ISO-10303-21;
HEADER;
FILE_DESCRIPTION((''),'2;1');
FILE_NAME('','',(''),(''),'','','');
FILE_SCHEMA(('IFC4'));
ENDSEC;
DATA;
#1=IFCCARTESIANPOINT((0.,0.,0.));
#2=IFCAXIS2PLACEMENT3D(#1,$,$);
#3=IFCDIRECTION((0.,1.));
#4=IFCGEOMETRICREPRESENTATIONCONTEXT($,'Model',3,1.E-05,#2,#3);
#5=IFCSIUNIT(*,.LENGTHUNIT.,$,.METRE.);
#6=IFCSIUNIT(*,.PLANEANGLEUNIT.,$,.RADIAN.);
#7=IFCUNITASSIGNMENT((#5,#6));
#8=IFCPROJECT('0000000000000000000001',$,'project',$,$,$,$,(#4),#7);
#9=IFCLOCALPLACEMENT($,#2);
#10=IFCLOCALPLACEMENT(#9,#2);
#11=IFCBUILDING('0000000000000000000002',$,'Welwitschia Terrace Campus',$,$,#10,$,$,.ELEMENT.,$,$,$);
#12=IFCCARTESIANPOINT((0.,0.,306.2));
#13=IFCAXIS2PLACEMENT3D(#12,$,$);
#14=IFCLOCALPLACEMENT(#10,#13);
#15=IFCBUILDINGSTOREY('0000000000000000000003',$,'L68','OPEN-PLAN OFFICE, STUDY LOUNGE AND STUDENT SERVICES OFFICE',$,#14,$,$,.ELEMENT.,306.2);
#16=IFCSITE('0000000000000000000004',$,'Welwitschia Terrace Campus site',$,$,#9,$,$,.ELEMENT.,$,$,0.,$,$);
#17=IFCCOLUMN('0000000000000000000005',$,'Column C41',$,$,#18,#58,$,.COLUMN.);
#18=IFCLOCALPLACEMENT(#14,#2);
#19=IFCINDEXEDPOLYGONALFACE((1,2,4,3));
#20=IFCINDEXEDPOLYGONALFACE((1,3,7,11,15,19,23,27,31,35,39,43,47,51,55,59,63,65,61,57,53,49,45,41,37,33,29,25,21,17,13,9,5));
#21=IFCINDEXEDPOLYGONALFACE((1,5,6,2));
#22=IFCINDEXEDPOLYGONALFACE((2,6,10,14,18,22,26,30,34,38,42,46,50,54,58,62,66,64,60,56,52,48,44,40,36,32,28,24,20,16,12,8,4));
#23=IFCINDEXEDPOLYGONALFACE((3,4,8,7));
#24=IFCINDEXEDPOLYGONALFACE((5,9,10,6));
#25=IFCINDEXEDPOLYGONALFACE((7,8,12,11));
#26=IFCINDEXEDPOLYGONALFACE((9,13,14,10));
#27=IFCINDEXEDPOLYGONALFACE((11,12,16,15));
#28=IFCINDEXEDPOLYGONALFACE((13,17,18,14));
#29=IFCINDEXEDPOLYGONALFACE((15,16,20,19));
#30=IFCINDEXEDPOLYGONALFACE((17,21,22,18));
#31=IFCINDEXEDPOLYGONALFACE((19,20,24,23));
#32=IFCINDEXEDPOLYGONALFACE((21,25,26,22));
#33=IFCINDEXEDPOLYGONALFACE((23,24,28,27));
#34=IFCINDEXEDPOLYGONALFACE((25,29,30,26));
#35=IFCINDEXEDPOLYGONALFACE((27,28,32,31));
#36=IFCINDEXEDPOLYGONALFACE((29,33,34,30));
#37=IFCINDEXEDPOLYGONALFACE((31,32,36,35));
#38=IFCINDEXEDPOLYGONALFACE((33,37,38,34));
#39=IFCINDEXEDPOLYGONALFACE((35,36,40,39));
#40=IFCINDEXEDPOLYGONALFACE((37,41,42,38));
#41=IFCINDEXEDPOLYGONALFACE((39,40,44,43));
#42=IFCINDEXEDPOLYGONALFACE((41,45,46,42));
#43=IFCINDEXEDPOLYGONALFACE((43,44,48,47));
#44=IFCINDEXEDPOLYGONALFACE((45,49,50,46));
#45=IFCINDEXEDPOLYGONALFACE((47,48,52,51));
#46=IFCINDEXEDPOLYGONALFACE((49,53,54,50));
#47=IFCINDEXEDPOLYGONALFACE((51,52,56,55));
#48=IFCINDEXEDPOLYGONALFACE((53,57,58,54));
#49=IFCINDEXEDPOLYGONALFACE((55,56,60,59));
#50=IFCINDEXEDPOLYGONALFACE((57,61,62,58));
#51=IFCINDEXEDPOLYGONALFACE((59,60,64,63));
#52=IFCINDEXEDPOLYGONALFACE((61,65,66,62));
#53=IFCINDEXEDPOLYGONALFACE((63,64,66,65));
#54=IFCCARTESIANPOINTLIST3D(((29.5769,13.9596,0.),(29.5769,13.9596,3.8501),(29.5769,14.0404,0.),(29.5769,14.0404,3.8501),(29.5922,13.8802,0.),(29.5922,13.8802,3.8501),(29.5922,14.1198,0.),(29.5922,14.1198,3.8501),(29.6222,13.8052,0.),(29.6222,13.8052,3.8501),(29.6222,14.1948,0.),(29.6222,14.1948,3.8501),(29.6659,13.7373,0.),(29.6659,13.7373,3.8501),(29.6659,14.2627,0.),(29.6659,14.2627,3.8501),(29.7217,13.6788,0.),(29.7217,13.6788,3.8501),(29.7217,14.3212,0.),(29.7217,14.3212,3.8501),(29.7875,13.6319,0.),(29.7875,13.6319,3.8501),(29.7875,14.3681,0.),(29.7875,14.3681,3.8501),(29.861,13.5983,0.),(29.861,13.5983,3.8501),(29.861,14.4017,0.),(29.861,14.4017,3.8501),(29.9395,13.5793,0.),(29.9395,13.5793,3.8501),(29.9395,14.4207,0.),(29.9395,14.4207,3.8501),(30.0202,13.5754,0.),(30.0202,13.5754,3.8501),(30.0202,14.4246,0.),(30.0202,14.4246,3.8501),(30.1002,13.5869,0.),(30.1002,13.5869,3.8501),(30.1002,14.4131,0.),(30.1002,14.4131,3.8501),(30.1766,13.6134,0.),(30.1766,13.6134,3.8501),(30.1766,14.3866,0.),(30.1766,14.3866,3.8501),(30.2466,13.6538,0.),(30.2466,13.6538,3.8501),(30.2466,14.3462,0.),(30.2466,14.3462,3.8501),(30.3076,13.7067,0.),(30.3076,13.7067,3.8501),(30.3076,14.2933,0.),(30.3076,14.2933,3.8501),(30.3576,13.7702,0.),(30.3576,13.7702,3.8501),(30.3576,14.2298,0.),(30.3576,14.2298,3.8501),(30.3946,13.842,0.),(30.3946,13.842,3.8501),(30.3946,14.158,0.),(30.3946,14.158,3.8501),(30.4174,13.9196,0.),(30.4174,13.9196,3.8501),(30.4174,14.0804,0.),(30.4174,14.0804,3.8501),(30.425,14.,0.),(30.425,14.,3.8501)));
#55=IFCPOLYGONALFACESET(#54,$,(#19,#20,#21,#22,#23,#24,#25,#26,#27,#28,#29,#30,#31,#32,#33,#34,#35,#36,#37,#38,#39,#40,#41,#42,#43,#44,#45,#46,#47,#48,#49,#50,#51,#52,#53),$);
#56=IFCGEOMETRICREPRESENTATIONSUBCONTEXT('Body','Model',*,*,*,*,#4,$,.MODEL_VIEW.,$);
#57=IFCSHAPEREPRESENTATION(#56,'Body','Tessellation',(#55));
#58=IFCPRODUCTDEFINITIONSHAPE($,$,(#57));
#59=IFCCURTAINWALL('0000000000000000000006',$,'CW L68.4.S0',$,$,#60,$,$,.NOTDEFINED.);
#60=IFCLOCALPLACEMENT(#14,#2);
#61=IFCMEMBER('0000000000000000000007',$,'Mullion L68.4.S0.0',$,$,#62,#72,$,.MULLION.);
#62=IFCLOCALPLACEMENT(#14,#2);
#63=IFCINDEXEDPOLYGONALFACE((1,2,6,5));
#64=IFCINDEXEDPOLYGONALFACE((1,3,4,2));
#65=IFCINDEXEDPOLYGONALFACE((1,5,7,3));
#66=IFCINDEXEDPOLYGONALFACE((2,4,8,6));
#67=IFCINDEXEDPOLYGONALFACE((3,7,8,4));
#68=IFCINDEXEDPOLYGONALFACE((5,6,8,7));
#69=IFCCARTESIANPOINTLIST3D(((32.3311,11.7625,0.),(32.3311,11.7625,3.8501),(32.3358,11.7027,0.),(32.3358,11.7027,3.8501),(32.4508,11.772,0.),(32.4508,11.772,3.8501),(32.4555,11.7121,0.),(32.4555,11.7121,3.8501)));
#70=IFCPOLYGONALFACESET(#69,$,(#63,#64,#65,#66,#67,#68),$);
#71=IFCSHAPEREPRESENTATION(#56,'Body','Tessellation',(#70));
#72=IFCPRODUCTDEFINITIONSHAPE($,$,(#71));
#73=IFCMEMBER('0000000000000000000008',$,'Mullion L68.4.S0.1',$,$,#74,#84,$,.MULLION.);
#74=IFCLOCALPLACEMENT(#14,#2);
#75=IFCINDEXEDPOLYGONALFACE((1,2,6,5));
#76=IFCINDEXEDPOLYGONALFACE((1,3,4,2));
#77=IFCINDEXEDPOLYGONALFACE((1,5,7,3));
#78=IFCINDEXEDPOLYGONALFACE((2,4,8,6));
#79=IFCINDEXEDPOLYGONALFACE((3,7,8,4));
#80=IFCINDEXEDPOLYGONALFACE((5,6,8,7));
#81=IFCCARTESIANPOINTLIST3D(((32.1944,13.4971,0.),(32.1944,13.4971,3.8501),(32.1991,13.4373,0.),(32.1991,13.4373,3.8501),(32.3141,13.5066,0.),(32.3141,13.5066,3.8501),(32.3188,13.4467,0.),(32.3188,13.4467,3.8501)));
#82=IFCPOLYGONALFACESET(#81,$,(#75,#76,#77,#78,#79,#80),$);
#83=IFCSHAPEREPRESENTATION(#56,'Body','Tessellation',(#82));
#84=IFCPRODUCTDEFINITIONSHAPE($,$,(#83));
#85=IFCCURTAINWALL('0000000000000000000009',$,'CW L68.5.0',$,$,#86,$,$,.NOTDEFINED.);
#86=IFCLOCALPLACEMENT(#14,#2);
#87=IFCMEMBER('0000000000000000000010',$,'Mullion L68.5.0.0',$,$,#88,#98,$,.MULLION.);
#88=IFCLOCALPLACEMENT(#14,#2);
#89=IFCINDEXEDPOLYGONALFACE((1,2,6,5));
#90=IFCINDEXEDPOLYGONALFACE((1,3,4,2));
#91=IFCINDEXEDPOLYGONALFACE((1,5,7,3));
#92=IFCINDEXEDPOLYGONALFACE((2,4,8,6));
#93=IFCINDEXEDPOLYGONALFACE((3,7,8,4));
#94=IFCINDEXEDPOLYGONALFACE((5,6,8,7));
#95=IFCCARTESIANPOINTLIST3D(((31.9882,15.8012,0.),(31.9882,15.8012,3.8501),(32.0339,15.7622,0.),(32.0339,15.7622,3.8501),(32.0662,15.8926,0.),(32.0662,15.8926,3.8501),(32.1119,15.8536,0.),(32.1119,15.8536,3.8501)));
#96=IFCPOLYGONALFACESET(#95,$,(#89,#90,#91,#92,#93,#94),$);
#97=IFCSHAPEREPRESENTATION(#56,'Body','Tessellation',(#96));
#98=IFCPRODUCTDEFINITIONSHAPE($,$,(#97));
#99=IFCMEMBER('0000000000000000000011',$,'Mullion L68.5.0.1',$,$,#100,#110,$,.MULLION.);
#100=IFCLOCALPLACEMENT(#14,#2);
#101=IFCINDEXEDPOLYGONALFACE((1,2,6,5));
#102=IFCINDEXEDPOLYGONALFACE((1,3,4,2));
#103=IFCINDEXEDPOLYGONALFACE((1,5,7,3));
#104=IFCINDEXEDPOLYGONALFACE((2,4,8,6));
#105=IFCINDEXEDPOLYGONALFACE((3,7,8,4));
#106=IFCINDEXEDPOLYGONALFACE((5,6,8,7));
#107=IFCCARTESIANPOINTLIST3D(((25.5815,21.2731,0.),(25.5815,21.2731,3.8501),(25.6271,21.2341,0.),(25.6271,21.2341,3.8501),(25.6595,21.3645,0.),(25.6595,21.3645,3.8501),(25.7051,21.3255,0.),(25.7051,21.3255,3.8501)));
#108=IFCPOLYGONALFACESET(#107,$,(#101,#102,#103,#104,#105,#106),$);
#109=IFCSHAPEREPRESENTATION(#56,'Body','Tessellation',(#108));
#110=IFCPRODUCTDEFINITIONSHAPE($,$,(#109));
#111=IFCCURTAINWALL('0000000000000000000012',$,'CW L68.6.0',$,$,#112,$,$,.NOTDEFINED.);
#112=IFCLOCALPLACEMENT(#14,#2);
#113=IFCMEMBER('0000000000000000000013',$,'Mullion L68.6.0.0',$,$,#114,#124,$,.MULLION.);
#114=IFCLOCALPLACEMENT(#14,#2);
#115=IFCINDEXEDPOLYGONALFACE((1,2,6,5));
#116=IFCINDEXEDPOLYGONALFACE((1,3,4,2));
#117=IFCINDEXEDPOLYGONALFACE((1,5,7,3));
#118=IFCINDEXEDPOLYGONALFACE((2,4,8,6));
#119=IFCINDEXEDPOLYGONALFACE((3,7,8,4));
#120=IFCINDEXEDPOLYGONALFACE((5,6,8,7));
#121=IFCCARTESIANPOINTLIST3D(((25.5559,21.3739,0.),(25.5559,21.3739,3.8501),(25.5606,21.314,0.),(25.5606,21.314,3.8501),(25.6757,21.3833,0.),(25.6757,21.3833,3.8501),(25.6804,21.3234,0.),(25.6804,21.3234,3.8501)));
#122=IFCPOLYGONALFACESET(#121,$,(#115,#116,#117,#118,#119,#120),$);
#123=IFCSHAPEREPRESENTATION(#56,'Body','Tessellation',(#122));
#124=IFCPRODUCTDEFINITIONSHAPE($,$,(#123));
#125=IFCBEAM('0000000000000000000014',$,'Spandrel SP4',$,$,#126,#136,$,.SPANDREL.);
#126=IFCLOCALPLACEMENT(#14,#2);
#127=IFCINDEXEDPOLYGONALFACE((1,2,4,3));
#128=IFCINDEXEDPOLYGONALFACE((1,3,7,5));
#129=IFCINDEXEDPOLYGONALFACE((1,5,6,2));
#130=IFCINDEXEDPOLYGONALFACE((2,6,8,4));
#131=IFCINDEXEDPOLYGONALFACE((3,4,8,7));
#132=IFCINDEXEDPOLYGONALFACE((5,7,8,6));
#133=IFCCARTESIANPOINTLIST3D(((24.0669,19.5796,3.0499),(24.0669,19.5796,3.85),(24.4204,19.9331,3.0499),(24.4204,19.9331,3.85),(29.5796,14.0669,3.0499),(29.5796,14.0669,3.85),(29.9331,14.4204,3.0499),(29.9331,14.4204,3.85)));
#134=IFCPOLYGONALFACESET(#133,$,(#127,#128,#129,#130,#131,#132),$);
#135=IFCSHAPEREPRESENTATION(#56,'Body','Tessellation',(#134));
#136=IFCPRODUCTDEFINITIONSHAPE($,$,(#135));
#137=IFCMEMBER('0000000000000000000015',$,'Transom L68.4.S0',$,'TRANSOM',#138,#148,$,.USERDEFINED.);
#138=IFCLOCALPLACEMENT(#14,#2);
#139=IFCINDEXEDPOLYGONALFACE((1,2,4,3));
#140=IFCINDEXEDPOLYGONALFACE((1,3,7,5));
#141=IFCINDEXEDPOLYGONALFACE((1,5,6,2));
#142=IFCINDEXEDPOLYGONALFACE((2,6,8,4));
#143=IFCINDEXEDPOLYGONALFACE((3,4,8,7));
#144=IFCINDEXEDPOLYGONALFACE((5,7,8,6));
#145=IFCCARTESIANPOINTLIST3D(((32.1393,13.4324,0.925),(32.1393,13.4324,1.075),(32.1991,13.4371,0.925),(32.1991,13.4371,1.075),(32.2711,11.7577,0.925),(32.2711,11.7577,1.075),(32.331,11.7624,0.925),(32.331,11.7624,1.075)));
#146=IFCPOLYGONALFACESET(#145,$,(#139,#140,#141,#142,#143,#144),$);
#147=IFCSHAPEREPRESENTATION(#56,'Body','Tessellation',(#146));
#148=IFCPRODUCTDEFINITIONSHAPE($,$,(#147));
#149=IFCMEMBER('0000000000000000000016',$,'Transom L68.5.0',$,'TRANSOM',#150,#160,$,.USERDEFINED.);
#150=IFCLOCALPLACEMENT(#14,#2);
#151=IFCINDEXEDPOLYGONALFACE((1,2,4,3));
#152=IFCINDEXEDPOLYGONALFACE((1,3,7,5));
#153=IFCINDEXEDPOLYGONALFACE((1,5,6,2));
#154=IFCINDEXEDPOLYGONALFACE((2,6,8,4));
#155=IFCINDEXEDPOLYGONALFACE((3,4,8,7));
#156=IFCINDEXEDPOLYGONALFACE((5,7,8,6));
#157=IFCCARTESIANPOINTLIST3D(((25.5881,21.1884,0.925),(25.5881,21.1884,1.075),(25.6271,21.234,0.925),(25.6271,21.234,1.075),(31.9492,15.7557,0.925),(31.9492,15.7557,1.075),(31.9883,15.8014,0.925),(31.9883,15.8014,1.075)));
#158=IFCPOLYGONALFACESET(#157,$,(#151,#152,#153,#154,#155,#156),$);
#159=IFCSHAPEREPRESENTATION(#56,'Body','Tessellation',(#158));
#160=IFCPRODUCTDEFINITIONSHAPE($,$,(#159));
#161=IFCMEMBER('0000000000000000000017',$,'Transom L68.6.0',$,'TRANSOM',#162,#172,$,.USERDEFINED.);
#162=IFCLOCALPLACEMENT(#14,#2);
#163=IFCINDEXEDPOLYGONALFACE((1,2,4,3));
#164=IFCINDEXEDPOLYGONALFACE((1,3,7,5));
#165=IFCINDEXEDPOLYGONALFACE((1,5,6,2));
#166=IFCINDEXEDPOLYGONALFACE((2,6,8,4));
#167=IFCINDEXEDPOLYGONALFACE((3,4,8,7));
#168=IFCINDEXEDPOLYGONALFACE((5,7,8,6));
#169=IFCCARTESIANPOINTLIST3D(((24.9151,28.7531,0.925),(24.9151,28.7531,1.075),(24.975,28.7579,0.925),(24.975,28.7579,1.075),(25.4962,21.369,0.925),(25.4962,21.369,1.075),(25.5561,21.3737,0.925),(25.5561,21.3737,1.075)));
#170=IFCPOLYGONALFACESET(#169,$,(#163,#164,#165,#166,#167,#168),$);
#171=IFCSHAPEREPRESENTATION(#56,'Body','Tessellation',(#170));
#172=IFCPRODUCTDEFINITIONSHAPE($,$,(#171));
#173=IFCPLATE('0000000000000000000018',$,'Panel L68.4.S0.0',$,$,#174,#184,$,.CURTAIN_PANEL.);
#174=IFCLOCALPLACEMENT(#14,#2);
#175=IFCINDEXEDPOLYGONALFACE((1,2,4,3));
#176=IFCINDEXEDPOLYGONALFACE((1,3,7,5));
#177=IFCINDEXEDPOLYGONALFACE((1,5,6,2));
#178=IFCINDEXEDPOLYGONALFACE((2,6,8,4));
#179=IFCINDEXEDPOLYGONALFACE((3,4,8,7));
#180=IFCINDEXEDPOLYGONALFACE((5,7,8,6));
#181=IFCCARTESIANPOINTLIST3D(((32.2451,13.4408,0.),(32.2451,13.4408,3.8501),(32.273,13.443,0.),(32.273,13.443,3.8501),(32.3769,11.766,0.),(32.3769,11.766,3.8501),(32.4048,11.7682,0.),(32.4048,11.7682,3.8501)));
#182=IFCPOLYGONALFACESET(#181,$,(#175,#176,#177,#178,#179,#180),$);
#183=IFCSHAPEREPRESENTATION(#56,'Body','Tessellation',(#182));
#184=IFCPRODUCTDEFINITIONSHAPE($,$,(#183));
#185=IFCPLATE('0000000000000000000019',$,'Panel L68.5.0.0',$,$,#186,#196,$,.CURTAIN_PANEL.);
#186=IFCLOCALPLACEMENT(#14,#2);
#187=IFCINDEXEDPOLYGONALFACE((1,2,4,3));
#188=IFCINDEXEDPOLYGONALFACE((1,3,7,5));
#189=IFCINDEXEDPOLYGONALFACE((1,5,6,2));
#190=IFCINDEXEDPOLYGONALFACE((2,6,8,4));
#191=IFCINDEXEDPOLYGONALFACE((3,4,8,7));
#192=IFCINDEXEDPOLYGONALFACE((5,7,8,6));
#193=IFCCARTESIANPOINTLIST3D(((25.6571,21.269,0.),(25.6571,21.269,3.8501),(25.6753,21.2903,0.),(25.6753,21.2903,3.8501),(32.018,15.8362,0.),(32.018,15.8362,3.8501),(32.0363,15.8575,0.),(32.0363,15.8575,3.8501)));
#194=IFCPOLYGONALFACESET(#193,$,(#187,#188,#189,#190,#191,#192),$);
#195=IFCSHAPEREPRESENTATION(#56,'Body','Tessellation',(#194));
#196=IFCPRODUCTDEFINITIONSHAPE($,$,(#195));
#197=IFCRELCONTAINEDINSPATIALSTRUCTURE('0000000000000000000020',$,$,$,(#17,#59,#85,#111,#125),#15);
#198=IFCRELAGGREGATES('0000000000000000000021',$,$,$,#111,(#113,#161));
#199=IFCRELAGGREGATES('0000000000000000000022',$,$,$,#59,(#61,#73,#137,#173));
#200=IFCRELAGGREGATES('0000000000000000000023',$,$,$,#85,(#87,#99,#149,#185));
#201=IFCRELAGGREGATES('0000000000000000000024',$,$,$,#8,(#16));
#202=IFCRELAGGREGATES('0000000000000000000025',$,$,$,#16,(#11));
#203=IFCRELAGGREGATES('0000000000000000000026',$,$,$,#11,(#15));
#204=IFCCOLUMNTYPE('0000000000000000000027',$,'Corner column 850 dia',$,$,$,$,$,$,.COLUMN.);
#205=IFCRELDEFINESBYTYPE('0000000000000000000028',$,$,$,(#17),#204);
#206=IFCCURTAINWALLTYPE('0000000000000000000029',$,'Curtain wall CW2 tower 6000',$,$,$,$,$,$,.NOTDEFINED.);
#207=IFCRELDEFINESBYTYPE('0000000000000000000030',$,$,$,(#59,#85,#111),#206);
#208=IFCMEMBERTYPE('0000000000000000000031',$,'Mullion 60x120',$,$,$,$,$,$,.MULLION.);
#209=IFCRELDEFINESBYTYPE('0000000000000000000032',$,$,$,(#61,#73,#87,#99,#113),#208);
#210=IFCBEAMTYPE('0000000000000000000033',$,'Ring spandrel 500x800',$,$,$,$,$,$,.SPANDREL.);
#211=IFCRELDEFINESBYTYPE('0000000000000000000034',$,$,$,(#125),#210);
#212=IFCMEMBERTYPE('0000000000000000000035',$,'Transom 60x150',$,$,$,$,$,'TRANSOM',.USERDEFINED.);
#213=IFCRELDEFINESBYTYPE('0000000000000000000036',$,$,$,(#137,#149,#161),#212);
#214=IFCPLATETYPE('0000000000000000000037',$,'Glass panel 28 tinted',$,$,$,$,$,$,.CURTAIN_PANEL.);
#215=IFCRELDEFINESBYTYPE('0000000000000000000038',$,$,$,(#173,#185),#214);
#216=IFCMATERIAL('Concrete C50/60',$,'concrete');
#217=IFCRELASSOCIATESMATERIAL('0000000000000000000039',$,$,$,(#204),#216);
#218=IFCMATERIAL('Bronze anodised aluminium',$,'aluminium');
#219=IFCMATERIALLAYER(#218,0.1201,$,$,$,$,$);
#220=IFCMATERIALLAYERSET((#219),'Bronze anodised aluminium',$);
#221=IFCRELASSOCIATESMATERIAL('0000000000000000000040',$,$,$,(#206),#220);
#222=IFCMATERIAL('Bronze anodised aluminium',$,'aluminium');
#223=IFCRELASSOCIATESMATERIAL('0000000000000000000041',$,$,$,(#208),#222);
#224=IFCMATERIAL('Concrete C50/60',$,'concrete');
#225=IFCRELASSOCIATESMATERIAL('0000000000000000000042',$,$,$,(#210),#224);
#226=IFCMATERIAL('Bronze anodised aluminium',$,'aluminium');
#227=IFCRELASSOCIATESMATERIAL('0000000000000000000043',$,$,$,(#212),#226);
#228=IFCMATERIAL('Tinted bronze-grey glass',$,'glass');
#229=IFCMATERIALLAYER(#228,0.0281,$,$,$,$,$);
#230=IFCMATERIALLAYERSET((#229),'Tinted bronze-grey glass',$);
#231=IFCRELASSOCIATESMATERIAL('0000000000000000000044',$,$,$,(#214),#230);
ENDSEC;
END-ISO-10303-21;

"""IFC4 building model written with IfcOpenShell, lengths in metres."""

from ifc_helpers import new_model, si_unit, direction, frame, origin, origin_2d, place, context, subcontext, project, spatial, rectangle, circle, extrude, material, layer, layer_set, material_profile, profile_set, type_object, element, aggregate, save


model = new_model("IFC4")

# Units and contexts
model_context = context("Model", 3, precision=1e-05, world=origin(), true_north=direction((0.0, 1.0)))
body_context = subcontext(model_context, "Body", "Model", "MODEL_VIEW")
ifc_project = project(units=[si_unit("LENGTHUNIT", "METRE"), si_unit("PLANEANGLEUNIT", "RADIAN")], contexts=[model_context])

# Site, building, storey
site_placement = place(None, origin())
site = spatial("IfcSite", under=ifc_project, at=site_placement, Name="Welwitschia Terrace Campus site", CompositionType="ELEMENT", RefElevation=0.0)
building_placement = place(site_placement, origin())
building = spatial("IfcBuilding", under=site, at=building_placement, Name="Welwitschia Terrace Campus", CompositionType="ELEMENT")
storey_placement = place(building_placement, frame((0.0, 0.0, 306.2)))
storey = spatial("IfcBuildingStorey", under=building, at=storey_placement, Name="L68", Description="OPEN-PLAN OFFICE, STUDY LOUNGE AND STUDENT SERVICES OFFICE", CompositionType="ELEMENT", Elevation=306.2)

# Column
ifc_material_1 = material(Name="Concrete C50/60", Category="concrete")
ifc_material_profile_1 = material_profile(ifc_material_1, circle(Radius=0.425, at=origin_2d()))
ifc_profile_set_1 = profile_set([ifc_material_profile_1], Name="Concrete C50/60")
column_type = type_object("IfcColumnType", Name="Corner column 850 dia", PredefinedType="COLUMN", material=ifc_profile_set_1)
column_placement = place(storey_placement, frame((30.0, 14.0, 0.0), z_axis=(0.0, 0.0, 1.0), x_axis=(1.0, 0.0, 0.0)))
element("IfcColumn", 1, at=column_placement, inside=storey, type_object=column_type, Name="Column C41", PredefinedType="COLUMN", context=body_context, shape_type="SweptSolid", body=[
    extrude(circle(Radius=0.425, at=origin_2d()), origin(), (0.0, 0.0, 1.0), 3.8501),
])

# Curtain walls, members
ifc_material_2 = material(Name="Bronze anodised aluminium", Category="aluminium")
ifc_layer_1 = layer(ifc_material_2, 0.1201)
ifc_layer_set_1 = layer_set([ifc_layer_1], Name="Bronze anodised aluminium")
curtain_wall_type = type_object("IfcCurtainWallType", Name="Curtain wall CW2 tower 6000", PredefinedType="NOTDEFINED", material=ifc_layer_set_1)
curtain_wall_1_placement = place(storey_placement, origin())
curtain_wall_1 = element("IfcCurtainWall", 2, at=curtain_wall_1_placement, inside=storey, type_object=curtain_wall_type, Name="CW L68.4.S0", PredefinedType="NOTDEFINED")
ifc_material_3 = material(Name="Bronze anodised aluminium", Category="aluminium")
ifc_material_profile_2 = material_profile(ifc_material_3, rectangle(XDim=0.1201, YDim=0.0601, at=origin_2d()))
ifc_profile_set_2 = profile_set([ifc_material_profile_2], Name="Bronze anodised aluminium")
member_type_1 = type_object("IfcMemberType", Name="Mullion 60x120", PredefinedType="MULLION", material=ifc_profile_set_2)
member_1_placement = place(storey_placement, frame((32.3933, 11.7373, 0.0), z_axis=(0.0, 0.0, 1.0), x_axis=(-0.996917, -0.078459, 0.0)))
member_1 = element("IfcMember", 3, at=member_1_placement, type_object=member_type_1, Name="Mullion L68.4.S0.0", PredefinedType="MULLION", context=body_context, shape_type="SweptSolid", body=[
    extrude(rectangle(XDim=0.1201, YDim=0.0601, at=origin_2d()), origin(), (0.0, 0.0, 1.0), 3.8501),
])
member_2_placement = place(storey_placement, frame((32.2566, 13.4719, 0.0), z_axis=(0.0, 0.0, 1.0), x_axis=(-0.996917, -0.078459, 0.0)))
member_2 = element("IfcMember", 4, at=member_2_placement, type_object=member_type_1, Name="Mullion L68.4.S0.1", PredefinedType="MULLION", context=body_context, shape_type="SweptSolid", body=[
    extrude(rectangle(XDim=0.1201, YDim=0.0601, at=origin_2d()), origin(), (0.0, 0.0, 1.0), 3.8501),
])
curtain_wall_2_placement = place(storey_placement, origin())
curtain_wall_2 = element("IfcCurtainWall", 5, at=curtain_wall_2_placement, inside=storey, type_object=curtain_wall_type, Name="CW L68.5.0", PredefinedType="NOTDEFINED")
member_3_placement = place(storey_placement, frame((32.05, 15.8274, 0.0), z_axis=(0.0, 0.0, 1.0), x_axis=(-0.649448, -0.760406, 0.0)))
member_3 = element("IfcMember", 6, at=member_3_placement, type_object=member_type_1, Name="Mullion L68.5.0.0", PredefinedType="MULLION", context=body_context, shape_type="SweptSolid", body=[
    extrude(rectangle(XDim=0.1201, YDim=0.0601, at=origin_2d()), origin(), (0.0, 0.0, 1.0), 3.8501),
])
member_4_placement = place(storey_placement, frame((25.6433, 21.2993, 0.0), z_axis=(0.0, 0.0, 1.0), x_axis=(-0.649448, -0.760406, 0.0)))
member_4 = element("IfcMember", 7, at=member_4_placement, type_object=member_type_1, Name="Mullion L68.5.0.1", PredefinedType="MULLION", context=body_context, shape_type="SweptSolid", body=[
    extrude(rectangle(XDim=0.1201, YDim=0.0601, at=origin_2d()), origin(), (0.0, 0.0, 1.0), 3.8501),
])

# Curtain wall, member
curtain_wall_3_placement = place(storey_placement, origin())
curtain_wall_3 = element("IfcCurtainWall", 8, at=curtain_wall_3_placement, inside=storey, type_object=curtain_wall_type, Name="CW L68.6.0", PredefinedType="NOTDEFINED")
member_5_placement = place(storey_placement, frame((25.6182, 21.3486, 0.0), z_axis=(0.0, 0.0, 1.0), x_axis=(-0.996917, -0.078459, 0.0)))
member_5 = element("IfcMember", 9, at=member_5_placement, type_object=member_type_1, Name="Mullion L68.6.0.0", PredefinedType="MULLION", context=body_context, shape_type="SweptSolid", body=[
    extrude(rectangle(XDim=0.1201, YDim=0.0601, at=origin_2d()), origin(), (0.0, 0.0, 1.0), 3.8501),
])

# Beam
ifc_material_4 = material(Name="Concrete C50/60", Category="concrete")
ifc_material_profile_3 = material_profile(ifc_material_4, rectangle(XDim=0.5, YDim=0.8, at=origin_2d()))
ifc_profile_set_3 = profile_set([ifc_material_profile_3], Name="Concrete C50/60")
beam_type = type_object("IfcBeamType", Name="Ring spandrel 500x800", PredefinedType="SPANDREL", material=ifc_profile_set_3)
beam_placement = place(storey_placement, frame((29.7563, 14.2437, 3.45), z_axis=(-0.707107, 0.707107, 0.0), x_axis=(-0.707107, -0.707107, 0.0)))
element("IfcBeam", 10, at=beam_placement, inside=storey, type_object=beam_type, Name="Spandrel SP4", PredefinedType="SPANDREL", context=body_context, shape_type="SweptSolid", body=[
    extrude(rectangle(XDim=0.5, YDim=0.8, at=origin_2d()), origin(), (0.0, 0.0, 1.0), 7.7961),
])

# Members
ifc_material_5 = material(Name="Bronze anodised aluminium", Category="aluminium")
ifc_material_profile_4 = material_profile(ifc_material_5, rectangle(XDim=0.0601, YDim=0.1499, at=origin_2d()))
ifc_profile_set_4 = profile_set([ifc_material_profile_4], Name="Bronze anodised aluminium")
member_type_2 = type_object("IfcMemberType", Name="Transom 60x150", ElementType="TRANSOM", PredefinedType="USERDEFINED", material=ifc_profile_set_4)
member_6_placement = place(storey_placement, frame((32.301, 11.76, 1.0), z_axis=(-0.078474, 0.996916, 0.0), x_axis=(-0.996916, -0.078474, 0.0)))
member_6 = element("IfcMember", 11, at=member_6_placement, type_object=member_type_2, Name="Transom L68.4.S0", ObjectType="TRANSOM", PredefinedType="USERDEFINED", context=body_context, shape_type="SweptSolid", body=[
    extrude(rectangle(XDim=0.0601, YDim=0.1499, at=origin_2d()), origin(), (0.0, 0.0, 1.0), 1.6799),
])
member_7_placement = place(storey_placement, frame((31.9688, 15.7786, 1.0), z_axis=(-0.760421, 0.64943, 0.0), x_axis=(-0.64943, -0.760421, 0.0)))
member_7 = element("IfcMember", 12, at=member_7_placement, type_object=member_type_2, Name="Transom L68.5.0", ObjectType="TRANSOM", PredefinedType="USERDEFINED", context=body_context, shape_type="SweptSolid", body=[
    extrude(rectangle(XDim=0.0601, YDim=0.1499, at=origin_2d()), origin(), (0.0, 0.0, 1.0), 8.3652),
])
member_8_placement = place(storey_placement, frame((25.5261, 21.3713, 1.0), z_axis=(-0.078446, 0.996918, 0.0), x_axis=(-0.996918, -0.078446, 0.0)))
member_8 = element("IfcMember", 13, at=member_8_placement, type_object=member_type_2, Name="Transom L68.6.0", ObjectType="TRANSOM", PredefinedType="USERDEFINED", context=body_context, shape_type="SweptSolid", body=[
    extrude(rectangle(XDim=0.0601, YDim=0.1499, at=origin_2d()), origin(), (0.0, 0.0, 1.0), 7.407),
])
aggregate(curtain_wall_3, [member_5, member_8])

# Plates
ifc_material_6 = material(Name="Tinted bronze-grey glass", Category="glass")
ifc_layer_2 = layer(ifc_material_6, 0.0281)
ifc_layer_set_2 = layer_set([ifc_layer_2], Name="Tinted bronze-grey glass")
plate_type = type_object("IfcPlateType", Name="Glass panel 28 tinted", PredefinedType="CURTAIN_PANEL", material=ifc_layer_set_2)
plate_1_placement = place(storey_placement, frame((32.325, 12.6045, 0.0), z_axis=(0.0, 0.0, 1.0), x_axis=(-0.078459, 0.996917, 0.0)))
plate_1 = element("IfcPlate", 14, at=plate_1_placement, type_object=plate_type, Name="Panel L68.4.S0.0", PredefinedType="CURTAIN_PANEL", context=body_context, shape_type="SweptSolid", body=[
    extrude(rectangle(XDim=1.6799, YDim=0.0281, at=origin_2d()), origin(), (0.0, 0.0, 1.0), 3.8501),
])
aggregate(curtain_wall_1, [member_1, member_2, member_6, plate_1])
plate_2_placement = place(storey_placement, frame((28.8467, 18.5632, 0.0), z_axis=(0.0, 0.0, 1.0), x_axis=(-0.760406, 0.649448, 0.0)))
plate_2 = element("IfcPlate", 15, at=plate_2_placement, type_object=plate_type, Name="Panel L68.5.0.0", PredefinedType="CURTAIN_PANEL", context=body_context, shape_type="SweptSolid", body=[
    extrude(rectangle(XDim=8.3652, YDim=0.0281, at=origin_2d()), origin(), (0.0, 0.0, 1.0), 3.8501),
])
aggregate(curtain_wall_2, [member_3, member_4, member_7, plate_2])

save(model, "model.ifc")
